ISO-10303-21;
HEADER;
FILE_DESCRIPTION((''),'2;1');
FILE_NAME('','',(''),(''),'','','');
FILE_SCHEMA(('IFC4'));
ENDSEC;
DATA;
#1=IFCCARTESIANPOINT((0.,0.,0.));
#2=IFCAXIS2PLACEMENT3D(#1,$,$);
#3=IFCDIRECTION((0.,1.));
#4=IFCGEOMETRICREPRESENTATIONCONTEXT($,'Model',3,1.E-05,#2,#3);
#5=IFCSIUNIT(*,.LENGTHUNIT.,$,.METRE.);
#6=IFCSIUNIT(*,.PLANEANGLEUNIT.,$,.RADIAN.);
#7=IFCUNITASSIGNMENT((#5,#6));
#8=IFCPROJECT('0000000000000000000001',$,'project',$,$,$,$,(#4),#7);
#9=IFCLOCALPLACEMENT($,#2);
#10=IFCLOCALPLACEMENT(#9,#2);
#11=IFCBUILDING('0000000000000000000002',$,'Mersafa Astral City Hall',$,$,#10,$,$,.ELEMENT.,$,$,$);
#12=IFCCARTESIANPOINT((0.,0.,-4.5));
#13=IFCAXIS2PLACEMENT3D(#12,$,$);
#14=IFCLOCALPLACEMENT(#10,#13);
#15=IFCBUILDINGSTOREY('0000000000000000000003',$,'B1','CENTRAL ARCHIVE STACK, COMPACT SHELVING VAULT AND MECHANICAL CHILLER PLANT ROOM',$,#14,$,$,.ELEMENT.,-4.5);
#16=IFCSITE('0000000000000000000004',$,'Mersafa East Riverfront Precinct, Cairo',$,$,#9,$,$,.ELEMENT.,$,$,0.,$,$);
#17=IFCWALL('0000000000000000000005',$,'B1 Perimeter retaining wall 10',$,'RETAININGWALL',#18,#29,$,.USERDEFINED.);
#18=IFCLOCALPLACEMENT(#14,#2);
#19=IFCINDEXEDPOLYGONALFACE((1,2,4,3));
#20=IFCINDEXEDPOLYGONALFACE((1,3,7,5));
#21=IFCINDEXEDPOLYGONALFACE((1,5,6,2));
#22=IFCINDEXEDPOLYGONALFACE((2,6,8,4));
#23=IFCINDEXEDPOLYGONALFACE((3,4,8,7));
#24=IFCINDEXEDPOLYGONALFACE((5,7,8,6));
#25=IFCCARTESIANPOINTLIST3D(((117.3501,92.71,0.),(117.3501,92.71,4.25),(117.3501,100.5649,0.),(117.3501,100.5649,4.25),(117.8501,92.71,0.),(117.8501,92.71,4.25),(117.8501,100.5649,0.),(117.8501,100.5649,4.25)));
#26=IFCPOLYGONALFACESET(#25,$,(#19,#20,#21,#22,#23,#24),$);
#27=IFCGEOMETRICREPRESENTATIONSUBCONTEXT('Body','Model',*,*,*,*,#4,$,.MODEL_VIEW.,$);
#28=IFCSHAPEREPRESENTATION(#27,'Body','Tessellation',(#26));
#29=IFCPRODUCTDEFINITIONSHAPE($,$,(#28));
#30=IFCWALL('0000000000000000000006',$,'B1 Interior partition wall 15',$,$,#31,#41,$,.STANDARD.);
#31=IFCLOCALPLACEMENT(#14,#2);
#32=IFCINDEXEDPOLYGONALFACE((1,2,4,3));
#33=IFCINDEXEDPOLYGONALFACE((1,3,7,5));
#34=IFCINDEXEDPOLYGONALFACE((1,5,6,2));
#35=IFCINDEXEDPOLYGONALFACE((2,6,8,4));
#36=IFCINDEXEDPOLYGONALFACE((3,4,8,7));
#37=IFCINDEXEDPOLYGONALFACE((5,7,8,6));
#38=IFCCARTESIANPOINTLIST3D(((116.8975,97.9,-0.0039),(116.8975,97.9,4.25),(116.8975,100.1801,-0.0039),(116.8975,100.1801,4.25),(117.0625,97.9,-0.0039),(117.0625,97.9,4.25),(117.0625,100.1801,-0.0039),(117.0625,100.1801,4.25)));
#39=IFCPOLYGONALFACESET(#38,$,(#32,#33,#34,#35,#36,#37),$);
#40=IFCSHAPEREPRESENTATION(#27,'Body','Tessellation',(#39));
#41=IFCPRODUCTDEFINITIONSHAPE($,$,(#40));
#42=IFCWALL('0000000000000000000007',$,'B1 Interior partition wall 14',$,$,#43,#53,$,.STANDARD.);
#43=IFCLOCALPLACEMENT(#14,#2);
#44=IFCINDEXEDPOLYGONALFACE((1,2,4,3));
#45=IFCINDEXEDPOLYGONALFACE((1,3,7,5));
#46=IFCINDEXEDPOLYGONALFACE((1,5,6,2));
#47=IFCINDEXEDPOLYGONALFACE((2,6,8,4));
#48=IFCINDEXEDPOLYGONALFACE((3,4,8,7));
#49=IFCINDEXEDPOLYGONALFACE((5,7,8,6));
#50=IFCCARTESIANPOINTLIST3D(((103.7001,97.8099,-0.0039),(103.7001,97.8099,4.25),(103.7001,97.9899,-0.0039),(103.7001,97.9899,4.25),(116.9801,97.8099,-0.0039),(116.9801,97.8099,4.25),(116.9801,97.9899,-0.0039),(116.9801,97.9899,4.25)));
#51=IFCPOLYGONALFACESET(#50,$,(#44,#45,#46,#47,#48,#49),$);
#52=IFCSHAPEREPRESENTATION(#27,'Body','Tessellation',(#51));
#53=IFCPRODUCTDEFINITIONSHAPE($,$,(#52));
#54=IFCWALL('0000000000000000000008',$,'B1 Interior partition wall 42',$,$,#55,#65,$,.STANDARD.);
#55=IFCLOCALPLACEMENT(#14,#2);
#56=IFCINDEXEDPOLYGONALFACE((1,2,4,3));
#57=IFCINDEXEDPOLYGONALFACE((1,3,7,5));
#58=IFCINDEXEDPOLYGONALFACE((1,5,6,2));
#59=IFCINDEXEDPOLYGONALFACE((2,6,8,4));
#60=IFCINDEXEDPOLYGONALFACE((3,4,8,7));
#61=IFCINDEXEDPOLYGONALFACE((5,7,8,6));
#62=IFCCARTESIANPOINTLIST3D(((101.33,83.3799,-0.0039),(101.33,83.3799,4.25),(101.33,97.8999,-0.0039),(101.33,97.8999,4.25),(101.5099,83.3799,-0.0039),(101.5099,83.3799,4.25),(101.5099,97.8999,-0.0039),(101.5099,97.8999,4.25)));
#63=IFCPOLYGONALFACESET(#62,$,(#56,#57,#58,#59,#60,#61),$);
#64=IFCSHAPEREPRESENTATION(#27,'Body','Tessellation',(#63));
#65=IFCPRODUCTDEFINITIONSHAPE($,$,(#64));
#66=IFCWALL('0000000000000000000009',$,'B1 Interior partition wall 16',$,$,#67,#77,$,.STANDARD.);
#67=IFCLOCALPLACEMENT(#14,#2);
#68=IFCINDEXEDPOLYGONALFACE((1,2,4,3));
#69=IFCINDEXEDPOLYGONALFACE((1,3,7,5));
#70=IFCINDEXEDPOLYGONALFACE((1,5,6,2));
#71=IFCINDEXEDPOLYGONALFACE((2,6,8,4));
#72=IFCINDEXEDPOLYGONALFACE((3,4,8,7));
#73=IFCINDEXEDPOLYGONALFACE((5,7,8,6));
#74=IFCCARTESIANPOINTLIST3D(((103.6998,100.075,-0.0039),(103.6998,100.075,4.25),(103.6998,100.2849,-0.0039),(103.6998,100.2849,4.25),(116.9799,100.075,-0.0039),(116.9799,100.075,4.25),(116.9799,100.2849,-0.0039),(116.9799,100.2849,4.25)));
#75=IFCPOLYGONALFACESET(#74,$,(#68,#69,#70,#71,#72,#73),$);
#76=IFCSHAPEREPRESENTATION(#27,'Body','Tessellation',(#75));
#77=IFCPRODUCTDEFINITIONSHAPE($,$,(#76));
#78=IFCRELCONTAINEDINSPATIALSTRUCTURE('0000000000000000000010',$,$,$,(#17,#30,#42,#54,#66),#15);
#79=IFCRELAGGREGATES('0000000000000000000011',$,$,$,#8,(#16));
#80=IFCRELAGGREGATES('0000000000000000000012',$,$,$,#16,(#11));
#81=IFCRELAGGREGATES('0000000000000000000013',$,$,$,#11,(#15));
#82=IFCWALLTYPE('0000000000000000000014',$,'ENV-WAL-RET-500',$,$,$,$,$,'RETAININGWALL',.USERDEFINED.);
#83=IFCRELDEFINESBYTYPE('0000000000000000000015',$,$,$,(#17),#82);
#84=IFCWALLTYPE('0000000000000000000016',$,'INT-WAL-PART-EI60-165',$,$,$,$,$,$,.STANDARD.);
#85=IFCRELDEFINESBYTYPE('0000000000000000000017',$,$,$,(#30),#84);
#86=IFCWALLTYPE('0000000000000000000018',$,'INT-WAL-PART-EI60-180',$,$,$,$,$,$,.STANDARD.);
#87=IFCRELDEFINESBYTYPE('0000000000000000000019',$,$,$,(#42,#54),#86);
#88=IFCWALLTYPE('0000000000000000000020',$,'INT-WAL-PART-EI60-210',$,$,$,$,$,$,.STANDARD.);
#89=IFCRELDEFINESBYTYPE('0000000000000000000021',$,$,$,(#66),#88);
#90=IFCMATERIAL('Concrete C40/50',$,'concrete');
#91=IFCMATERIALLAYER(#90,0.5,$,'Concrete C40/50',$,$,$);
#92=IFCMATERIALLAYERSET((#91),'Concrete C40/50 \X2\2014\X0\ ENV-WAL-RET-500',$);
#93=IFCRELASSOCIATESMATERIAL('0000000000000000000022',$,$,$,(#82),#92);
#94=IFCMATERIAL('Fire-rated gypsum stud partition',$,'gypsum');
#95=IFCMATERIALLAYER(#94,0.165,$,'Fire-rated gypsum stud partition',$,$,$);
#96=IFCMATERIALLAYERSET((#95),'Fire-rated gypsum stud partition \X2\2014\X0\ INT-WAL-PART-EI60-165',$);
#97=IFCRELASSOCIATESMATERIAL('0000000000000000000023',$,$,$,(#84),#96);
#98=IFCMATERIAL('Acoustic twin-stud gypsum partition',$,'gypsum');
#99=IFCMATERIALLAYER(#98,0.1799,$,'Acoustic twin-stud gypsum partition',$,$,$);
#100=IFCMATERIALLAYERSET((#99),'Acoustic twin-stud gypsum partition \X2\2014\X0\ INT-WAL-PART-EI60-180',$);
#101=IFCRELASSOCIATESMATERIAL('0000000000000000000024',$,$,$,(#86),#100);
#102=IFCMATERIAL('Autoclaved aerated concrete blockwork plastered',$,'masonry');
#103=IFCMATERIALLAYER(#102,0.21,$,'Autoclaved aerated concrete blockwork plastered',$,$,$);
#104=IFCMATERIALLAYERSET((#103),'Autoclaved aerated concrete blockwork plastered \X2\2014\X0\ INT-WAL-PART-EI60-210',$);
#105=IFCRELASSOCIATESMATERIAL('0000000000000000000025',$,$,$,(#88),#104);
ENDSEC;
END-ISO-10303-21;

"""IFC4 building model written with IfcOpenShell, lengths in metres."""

from ifc_helpers import new_model, si_unit, direction, frame, frame_2d, origin, place, context, subcontext, project, spatial, rectangle, extrude, material, layer, layer_set, type_object, element, save


model = new_model("IFC4")

# Units and contexts
model_context = context("Model", 3, precision=1e-05, world=origin(), true_north=direction((0.0, 1.0)))
body_context = subcontext(model_context, "Body", "Model", "MODEL_VIEW")
ifc_project = project(units=[si_unit("LENGTHUNIT", "METRE"), si_unit("PLANEANGLEUNIT", "RADIAN")], contexts=[model_context])

# Site, building, storey
site_placement = place(None, origin())
site = spatial("IfcSite", under=ifc_project, at=site_placement, Name="Mersafa East Riverfront Precinct, Cairo", CompositionType="ELEMENT", RefElevation=0.0)
building_placement = place(site_placement, origin())
building = spatial("IfcBuilding", under=site, at=building_placement, Name="Mersafa Astral City Hall", CompositionType="ELEMENT")
storey_placement = place(building_placement, frame((0.0, 0.0, -4.5)))
storey = spatial("IfcBuildingStorey", under=building, at=storey_placement, Name="B1", Description="CENTRAL ARCHIVE STACK, COMPACT SHELVING VAULT AND MECHANICAL CHILLER PLANT ROOM", CompositionType="ELEMENT", Elevation=-4.5)

# Shared definitions
ifc_material_1 = material(Name="Concrete C40/50", Category="concrete")

# Walls
ifc_layer_1 = layer(ifc_material_1, 0.5, Name="Concrete C40/50")
ifc_layer_set_1 = layer_set([ifc_layer_1], Name="Concrete C40/50 — ENV-WAL-RET-500")
wall_type_1 = type_object("IfcWallType", Name="ENV-WAL-RET-500", ElementType="RETAININGWALL", PredefinedType="USERDEFINED", material=ifc_layer_set_1)
wall_1_placement = place(storey_placement, frame((117.6001, 92.71, 0.0), z_axis=(0.0, 0.0, 1.0), x_axis=(0.0, 1.0, 0.0)))
element("IfcWall", 1, at=wall_1_placement, inside=storey, type_object=wall_type_1, Name="B1 Perimeter retaining wall 10", ObjectType="RETAININGWALL", PredefinedType="USERDEFINED", context=body_context, shape_type="SweptSolid", body=[
    extrude(rectangle(XDim=7.855, YDim=0.5, at=frame_2d((3.9275, 0.0))), origin(), (0.0, 0.0, 1.0), 4.25),
])
ifc_material_2 = material(Name="Fire-rated gypsum stud partition", Category="gypsum")
ifc_layer_2 = layer(ifc_material_2, 0.165, Name="Fire-rated gypsum stud partition")
ifc_layer_set_2 = layer_set([ifc_layer_2], Name="Fire-rated gypsum stud partition — INT-WAL-PART-EI60-165")
wall_type_2 = type_object("IfcWallType", Name="INT-WAL-PART-EI60-165", PredefinedType="STANDARD", material=ifc_layer_set_2)
wall_2_placement = place(storey_placement, frame((116.98, 97.8999, -0.0039), z_axis=(0.0, 0.0, 1.0), x_axis=(0.0, 1.0, 0.0)))
element("IfcWall", 2, at=wall_2_placement, inside=storey, type_object=wall_type_2, Name="B1 Interior partition wall 15", PredefinedType="STANDARD", context=body_context, shape_type="SweptSolid", body=[
    extrude(rectangle(XDim=2.28, YDim=0.165, at=frame_2d((1.1401, 0.0))), origin(), (0.0, 0.0, 1.0), 4.2539),
])
ifc_material_3 = material(Name="Acoustic twin-stud gypsum partition", Category="gypsum")
ifc_layer_3 = layer(ifc_material_3, 0.1799, Name="Acoustic twin-stud gypsum partition")
ifc_layer_set_3 = layer_set([ifc_layer_3], Name="Acoustic twin-stud gypsum partition — INT-WAL-PART-EI60-180")
wall_type_3 = type_object("IfcWallType", Name="INT-WAL-PART-EI60-180", PredefinedType="STANDARD", material=ifc_layer_set_3)
wall_3_placement = place(storey_placement, frame((103.7, 97.8999, -0.0039), z_axis=(0.0, 0.0, 1.0), x_axis=(1.0, 0.0, 0.0)))
element("IfcWall", 3, at=wall_3_placement, inside=storey, type_object=wall_type_3, Name="B1 Interior partition wall 14", PredefinedType="STANDARD", context=body_context, shape_type="SweptSolid", body=[
    extrude(rectangle(XDim=13.28, YDim=0.1799, at=frame_2d((6.6401, 0.0))), origin(), (0.0, 0.0, 1.0), 4.2539),
])
wall_4_placement = place(storey_placement, frame((101.4199, 97.8999, -0.0039), z_axis=(0.0, 0.0, 1.0), x_axis=(0.0, -1.0, 0.0)))
element("IfcWall", 4, at=wall_4_placement, inside=storey, type_object=wall_type_3, Name="B1 Interior partition wall 42", PredefinedType="STANDARD", context=body_context, shape_type="SweptSolid", body=[
    extrude(rectangle(XDim=14.52, YDim=0.1799, at=frame_2d((7.26, 0.0))), origin(), (0.0, 0.0, 1.0), 4.2539),
])
ifc_material_4 = material(Name="Autoclaved aerated concrete blockwork plastered", Category="masonry")
ifc_layer_4 = layer(ifc_material_4, 0.21, Name="Autoclaved aerated concrete blockwork plastered")
ifc_layer_set_4 = layer_set([ifc_layer_4], Name="Autoclaved aerated concrete blockwork plastered — INT-WAL-PART-EI60-210")
wall_type_4 = type_object("IfcWallType", Name="INT-WAL-PART-EI60-210", PredefinedType="STANDARD", material=ifc_layer_set_4)
wall_5_placement = place(storey_placement, frame((116.98, 100.1799, -0.0039), z_axis=(0.0, 0.0, 1.0), x_axis=(-1.0, 0.0, 0.0)))
element("IfcWall", 5, at=wall_5_placement, inside=storey, type_object=wall_type_4, Name="B1 Interior partition wall 16", PredefinedType="STANDARD", context=body_context, shape_type="SweptSolid", body=[
    extrude(rectangle(XDim=13.28, YDim=0.21, at=frame_2d((6.6401, 0.0))), origin(), (0.0, 0.0, 1.0), 4.2539),
])

save(model, "model.ifc")
